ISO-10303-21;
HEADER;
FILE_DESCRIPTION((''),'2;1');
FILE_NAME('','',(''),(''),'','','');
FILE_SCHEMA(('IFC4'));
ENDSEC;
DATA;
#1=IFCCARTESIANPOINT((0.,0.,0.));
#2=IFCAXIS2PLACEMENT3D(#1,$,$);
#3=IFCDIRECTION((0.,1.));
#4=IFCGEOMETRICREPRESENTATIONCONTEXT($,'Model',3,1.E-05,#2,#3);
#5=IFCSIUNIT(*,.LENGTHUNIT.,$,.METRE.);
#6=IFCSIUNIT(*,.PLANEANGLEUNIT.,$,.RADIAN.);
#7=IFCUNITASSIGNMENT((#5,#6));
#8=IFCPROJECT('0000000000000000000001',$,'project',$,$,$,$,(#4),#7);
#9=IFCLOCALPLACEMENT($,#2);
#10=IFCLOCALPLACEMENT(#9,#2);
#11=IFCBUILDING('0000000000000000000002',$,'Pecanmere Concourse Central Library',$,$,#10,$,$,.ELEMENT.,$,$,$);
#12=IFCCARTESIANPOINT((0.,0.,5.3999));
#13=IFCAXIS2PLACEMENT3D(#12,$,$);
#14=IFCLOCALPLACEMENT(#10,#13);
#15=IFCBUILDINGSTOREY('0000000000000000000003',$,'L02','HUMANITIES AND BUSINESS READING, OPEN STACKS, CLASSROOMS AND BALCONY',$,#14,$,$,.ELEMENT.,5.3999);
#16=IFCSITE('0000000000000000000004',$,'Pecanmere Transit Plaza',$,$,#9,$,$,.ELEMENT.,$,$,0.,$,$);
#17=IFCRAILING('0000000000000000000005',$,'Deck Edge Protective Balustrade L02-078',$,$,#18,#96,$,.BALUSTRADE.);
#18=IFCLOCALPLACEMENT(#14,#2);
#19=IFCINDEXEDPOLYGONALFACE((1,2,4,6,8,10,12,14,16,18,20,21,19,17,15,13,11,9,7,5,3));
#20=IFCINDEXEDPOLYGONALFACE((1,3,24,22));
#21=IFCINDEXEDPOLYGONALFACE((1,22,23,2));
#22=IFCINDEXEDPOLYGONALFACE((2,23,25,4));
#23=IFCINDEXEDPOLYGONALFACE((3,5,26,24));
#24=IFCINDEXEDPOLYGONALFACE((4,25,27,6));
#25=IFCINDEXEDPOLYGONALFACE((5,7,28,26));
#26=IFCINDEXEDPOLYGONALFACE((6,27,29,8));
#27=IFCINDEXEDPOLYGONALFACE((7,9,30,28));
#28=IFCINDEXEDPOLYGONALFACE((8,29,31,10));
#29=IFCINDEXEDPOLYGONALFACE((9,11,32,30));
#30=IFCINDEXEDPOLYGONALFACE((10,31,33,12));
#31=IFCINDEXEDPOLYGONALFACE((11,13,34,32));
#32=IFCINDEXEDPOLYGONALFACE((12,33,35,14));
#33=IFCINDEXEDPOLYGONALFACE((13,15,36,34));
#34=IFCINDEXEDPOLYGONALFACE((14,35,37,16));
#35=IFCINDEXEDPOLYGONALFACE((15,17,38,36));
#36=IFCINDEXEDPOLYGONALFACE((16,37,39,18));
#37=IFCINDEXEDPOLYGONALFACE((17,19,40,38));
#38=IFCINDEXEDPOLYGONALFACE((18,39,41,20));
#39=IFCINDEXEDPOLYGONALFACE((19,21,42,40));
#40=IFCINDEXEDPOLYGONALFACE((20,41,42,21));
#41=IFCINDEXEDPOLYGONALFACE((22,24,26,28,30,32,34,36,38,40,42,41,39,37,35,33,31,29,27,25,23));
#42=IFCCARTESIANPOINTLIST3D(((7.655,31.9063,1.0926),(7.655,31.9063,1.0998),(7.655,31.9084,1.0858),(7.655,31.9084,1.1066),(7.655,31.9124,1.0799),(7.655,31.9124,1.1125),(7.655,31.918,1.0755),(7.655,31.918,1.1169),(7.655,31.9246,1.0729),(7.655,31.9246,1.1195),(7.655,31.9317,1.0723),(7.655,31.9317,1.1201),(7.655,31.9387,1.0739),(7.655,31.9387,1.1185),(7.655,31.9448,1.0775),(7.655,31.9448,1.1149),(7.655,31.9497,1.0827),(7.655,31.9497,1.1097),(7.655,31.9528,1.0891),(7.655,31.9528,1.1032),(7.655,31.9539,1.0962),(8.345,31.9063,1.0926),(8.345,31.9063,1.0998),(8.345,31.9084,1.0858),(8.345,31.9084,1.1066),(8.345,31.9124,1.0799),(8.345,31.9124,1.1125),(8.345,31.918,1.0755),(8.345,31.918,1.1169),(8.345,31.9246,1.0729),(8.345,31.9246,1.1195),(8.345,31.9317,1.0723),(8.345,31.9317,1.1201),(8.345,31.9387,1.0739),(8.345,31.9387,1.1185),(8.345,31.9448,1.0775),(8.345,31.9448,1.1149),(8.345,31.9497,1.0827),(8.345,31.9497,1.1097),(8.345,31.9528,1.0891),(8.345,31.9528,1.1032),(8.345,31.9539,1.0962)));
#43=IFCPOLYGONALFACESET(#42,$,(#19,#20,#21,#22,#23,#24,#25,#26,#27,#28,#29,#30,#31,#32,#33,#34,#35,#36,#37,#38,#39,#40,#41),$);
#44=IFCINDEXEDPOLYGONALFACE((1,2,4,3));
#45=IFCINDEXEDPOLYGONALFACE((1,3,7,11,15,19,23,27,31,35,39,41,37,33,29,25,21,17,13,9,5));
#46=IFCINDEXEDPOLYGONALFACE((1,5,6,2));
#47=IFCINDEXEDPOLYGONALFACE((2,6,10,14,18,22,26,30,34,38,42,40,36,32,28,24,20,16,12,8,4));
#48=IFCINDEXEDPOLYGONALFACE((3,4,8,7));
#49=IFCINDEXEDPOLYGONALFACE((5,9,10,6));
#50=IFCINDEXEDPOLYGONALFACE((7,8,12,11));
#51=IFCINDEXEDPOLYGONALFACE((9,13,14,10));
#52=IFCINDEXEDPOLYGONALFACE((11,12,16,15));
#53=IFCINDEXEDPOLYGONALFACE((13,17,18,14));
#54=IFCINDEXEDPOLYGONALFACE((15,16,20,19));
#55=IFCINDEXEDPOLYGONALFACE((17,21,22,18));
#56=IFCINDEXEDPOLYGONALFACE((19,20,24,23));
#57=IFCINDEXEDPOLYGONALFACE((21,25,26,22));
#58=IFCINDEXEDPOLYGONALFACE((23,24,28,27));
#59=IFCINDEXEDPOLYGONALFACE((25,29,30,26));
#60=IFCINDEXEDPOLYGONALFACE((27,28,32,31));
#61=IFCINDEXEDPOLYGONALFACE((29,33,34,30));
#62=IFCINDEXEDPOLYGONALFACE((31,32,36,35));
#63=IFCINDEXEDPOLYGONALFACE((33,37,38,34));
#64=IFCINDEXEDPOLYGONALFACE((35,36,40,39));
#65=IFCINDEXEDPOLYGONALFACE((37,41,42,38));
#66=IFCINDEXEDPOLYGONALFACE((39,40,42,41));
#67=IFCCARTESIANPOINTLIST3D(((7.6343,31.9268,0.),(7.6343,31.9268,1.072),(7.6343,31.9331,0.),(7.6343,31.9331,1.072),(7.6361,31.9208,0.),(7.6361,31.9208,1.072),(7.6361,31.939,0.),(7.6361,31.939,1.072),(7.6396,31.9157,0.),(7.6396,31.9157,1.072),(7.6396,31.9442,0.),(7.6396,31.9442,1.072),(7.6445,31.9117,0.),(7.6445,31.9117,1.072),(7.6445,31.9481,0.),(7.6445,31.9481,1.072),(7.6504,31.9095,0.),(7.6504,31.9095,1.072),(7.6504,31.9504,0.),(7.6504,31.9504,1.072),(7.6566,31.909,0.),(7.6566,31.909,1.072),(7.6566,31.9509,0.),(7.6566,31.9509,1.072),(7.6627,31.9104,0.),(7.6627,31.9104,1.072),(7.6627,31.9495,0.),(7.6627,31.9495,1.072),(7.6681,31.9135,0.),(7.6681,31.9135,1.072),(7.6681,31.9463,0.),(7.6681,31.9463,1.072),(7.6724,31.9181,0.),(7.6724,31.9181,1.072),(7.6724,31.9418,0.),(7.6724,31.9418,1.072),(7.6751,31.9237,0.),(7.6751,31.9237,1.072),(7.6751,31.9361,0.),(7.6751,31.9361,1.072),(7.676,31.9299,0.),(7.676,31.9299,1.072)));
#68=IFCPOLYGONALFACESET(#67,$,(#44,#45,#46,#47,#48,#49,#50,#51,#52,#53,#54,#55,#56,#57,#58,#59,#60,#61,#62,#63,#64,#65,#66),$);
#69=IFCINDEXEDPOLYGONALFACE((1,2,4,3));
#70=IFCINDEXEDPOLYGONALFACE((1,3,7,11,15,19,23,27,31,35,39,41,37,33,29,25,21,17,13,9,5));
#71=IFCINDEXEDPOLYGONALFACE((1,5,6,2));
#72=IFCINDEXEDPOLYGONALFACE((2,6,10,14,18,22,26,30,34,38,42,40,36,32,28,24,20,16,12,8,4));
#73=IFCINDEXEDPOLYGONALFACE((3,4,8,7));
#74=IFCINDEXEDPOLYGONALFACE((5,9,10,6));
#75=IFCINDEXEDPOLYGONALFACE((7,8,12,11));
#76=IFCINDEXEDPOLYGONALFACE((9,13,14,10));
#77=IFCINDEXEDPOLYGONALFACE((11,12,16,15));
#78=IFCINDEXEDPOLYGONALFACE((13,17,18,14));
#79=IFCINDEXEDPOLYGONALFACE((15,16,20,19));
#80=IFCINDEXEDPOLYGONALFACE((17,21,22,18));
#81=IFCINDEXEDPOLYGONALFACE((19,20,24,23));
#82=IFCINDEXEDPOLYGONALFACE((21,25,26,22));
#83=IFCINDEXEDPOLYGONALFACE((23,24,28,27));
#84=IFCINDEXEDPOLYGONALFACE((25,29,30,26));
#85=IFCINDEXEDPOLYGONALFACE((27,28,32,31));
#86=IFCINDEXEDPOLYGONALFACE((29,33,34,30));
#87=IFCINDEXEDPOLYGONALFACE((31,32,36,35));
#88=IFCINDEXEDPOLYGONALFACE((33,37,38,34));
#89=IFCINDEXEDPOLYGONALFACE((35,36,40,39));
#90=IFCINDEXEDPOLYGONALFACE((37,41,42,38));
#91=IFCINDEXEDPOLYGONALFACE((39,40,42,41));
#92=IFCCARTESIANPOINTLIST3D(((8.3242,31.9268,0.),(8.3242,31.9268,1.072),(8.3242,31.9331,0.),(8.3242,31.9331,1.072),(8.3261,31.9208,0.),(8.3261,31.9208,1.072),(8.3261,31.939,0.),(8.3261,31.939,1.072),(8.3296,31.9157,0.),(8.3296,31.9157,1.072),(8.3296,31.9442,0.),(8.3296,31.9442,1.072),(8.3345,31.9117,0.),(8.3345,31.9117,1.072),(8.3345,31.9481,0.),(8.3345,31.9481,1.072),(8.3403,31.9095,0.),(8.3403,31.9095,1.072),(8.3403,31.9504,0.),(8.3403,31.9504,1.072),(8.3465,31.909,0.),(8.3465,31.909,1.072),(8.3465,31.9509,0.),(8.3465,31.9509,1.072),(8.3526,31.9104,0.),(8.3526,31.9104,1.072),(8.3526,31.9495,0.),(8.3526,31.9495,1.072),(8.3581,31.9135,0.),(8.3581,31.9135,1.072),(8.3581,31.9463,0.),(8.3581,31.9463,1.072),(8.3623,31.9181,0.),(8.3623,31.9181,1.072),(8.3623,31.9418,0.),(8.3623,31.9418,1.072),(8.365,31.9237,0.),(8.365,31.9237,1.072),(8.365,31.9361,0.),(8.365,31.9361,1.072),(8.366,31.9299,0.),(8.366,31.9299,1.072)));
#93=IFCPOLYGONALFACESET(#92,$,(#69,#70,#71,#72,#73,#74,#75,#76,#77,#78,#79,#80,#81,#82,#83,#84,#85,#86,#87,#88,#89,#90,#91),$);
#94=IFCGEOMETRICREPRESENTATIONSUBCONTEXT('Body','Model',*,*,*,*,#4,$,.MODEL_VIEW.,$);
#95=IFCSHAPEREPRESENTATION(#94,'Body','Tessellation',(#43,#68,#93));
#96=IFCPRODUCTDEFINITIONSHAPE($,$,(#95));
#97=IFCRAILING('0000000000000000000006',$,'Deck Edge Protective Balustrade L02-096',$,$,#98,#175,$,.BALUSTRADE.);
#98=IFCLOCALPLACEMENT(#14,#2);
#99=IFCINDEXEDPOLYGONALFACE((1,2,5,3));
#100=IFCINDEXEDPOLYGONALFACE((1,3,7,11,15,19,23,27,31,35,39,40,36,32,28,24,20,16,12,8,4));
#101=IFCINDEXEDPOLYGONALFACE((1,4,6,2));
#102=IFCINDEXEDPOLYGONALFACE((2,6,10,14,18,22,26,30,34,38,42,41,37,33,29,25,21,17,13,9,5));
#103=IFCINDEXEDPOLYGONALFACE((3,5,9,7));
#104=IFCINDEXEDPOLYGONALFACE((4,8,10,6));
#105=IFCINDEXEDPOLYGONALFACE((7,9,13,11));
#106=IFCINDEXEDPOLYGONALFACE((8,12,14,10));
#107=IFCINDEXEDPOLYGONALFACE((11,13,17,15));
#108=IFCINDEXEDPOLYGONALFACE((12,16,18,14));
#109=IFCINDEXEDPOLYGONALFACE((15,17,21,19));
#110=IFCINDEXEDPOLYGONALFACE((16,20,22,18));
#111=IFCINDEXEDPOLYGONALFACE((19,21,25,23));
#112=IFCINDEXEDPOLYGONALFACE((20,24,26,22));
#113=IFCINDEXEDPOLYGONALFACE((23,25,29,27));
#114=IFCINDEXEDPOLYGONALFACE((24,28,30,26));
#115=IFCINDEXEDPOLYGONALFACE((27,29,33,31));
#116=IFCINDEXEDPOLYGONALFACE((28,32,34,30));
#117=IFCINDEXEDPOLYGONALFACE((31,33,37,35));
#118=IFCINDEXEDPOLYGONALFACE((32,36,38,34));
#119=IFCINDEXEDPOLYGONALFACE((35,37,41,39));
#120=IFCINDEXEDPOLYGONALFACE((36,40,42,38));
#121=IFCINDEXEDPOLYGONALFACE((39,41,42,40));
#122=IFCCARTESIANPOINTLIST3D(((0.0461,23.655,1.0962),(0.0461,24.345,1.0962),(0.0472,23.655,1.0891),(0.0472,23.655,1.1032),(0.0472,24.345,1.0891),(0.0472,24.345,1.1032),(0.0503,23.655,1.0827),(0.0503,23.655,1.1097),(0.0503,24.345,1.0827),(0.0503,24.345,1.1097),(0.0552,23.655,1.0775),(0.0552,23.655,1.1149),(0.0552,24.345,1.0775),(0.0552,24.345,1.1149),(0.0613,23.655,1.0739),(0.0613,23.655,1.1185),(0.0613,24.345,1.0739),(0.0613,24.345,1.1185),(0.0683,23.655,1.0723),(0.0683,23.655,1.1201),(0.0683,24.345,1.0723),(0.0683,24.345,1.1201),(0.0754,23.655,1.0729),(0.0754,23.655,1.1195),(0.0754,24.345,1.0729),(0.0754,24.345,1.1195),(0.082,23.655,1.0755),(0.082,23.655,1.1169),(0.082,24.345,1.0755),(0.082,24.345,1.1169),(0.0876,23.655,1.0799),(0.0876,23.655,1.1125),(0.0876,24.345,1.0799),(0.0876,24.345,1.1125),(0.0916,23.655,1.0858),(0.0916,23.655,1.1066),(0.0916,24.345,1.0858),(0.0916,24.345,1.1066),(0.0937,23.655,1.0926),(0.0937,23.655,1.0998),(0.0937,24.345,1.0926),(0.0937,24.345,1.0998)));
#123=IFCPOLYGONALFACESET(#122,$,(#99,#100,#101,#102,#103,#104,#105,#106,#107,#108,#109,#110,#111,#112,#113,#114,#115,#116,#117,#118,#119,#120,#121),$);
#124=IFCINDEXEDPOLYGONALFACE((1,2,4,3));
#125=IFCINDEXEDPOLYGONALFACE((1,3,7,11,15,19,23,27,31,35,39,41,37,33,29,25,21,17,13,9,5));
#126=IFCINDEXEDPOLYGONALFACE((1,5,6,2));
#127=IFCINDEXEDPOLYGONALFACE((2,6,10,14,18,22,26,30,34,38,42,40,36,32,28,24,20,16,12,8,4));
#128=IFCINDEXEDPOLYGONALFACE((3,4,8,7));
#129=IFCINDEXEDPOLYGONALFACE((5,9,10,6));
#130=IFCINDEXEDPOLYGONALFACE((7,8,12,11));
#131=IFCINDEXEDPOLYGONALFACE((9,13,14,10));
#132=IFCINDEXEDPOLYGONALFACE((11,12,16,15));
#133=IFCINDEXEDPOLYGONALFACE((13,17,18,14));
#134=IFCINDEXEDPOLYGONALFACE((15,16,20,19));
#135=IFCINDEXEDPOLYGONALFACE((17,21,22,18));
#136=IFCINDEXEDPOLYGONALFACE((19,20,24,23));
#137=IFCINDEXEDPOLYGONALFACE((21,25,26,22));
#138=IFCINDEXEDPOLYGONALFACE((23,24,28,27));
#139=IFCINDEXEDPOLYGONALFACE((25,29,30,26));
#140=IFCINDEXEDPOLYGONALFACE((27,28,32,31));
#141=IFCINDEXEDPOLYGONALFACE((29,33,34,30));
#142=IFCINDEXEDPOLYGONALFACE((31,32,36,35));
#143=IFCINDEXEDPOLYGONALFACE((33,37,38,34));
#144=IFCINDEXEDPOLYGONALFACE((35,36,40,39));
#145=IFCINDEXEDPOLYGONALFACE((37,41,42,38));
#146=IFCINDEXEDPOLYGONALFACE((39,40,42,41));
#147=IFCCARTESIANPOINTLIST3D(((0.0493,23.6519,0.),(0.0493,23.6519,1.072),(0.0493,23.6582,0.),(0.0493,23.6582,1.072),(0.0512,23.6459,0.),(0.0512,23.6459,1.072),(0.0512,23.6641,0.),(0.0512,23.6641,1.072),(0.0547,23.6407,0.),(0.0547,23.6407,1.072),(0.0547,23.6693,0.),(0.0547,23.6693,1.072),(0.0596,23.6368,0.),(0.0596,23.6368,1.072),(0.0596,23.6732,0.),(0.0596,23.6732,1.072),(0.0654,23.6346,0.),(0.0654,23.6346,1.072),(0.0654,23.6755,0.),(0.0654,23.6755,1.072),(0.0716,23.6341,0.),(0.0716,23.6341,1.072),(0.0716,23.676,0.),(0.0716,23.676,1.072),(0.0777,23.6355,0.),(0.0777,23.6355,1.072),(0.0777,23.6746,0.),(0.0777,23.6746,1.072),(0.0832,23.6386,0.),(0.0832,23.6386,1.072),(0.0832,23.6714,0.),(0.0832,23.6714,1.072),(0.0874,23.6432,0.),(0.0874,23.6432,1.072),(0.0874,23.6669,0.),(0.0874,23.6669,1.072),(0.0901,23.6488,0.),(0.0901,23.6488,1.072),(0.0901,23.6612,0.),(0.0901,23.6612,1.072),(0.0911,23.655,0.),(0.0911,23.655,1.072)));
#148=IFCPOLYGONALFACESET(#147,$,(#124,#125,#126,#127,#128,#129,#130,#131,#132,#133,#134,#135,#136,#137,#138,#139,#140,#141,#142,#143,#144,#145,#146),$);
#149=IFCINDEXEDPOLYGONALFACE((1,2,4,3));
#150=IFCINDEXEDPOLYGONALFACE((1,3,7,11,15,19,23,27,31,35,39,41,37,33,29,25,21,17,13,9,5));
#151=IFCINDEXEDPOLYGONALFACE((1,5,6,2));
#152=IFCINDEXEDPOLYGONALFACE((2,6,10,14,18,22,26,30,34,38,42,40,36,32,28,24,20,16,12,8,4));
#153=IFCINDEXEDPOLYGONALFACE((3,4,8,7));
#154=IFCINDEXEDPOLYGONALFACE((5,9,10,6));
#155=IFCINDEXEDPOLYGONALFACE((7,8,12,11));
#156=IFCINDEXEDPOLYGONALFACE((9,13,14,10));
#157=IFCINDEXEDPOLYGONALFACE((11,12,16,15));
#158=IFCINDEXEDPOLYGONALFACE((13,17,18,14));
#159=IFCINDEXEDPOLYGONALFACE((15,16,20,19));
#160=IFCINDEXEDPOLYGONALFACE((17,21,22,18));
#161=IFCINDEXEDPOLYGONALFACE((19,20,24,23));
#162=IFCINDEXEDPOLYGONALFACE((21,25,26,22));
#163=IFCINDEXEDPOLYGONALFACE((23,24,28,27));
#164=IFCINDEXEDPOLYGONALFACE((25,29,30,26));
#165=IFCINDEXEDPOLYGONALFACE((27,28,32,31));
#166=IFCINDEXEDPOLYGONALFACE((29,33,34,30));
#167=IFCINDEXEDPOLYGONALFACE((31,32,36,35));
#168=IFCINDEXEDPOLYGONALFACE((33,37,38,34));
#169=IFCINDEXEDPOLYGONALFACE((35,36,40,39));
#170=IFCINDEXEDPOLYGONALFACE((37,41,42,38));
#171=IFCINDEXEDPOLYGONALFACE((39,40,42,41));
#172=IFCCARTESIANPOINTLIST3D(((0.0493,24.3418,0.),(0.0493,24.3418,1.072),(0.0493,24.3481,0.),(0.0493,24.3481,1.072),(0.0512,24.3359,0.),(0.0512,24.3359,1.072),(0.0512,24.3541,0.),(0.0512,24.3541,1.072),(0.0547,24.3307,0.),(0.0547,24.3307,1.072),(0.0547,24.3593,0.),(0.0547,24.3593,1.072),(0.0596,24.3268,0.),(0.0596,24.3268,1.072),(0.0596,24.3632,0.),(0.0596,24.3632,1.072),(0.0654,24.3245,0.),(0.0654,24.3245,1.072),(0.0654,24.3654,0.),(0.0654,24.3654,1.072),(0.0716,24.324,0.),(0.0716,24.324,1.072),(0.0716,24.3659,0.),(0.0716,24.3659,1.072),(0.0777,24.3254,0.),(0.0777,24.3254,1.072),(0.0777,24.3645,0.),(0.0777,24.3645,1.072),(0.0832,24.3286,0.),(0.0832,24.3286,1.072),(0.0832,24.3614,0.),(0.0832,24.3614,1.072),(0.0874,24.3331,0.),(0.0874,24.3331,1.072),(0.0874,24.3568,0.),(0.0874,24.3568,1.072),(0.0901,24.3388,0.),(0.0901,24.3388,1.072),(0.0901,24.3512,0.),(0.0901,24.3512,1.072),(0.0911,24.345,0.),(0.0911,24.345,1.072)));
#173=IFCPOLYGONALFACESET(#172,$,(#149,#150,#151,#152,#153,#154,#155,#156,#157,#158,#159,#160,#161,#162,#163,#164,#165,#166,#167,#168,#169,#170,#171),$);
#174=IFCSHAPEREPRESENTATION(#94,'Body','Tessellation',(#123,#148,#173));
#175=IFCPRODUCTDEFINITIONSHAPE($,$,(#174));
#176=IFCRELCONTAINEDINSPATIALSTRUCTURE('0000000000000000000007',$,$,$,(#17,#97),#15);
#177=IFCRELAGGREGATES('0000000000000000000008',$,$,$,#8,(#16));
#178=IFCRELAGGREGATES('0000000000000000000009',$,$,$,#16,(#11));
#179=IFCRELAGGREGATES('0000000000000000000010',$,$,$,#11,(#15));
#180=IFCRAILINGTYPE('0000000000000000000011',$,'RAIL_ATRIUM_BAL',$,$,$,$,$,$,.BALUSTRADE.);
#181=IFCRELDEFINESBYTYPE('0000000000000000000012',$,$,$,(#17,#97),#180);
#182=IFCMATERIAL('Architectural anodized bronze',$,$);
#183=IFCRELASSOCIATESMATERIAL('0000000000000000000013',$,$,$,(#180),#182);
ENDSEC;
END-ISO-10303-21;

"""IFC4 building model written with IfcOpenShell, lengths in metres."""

from ifc_helpers import new_model, si_unit, direction, frame, origin, origin_2d, place, context, subcontext, project, spatial, circle, extrude, material, type_object, element, save


model = new_model("IFC4")

# Units and contexts
model_context = context("Model", 3, precision=1e-05, world=origin(), true_north=direction((0.0, 1.0)))
body_context = subcontext(model_context, "Body", "Model", "MODEL_VIEW")
ifc_project = project(units=[si_unit("LENGTHUNIT", "METRE"), si_unit("PLANEANGLEUNIT", "RADIAN")], contexts=[model_context])

# Site, building, storey
site_placement = place(None, origin())
site = spatial("IfcSite", under=ifc_project, at=site_placement, Name="Pecanmere Transit Plaza", CompositionType="ELEMENT", RefElevation=0.0)
building_placement = place(site_placement, origin())
building = spatial("IfcBuilding", under=site, at=building_placement, Name="Pecanmere Concourse Central Library", CompositionType="ELEMENT")
storey_placement = place(building_placement, frame((0.0, 0.0, 5.3999)))
storey = spatial("IfcBuildingStorey", under=building, at=storey_placement, Name="L02", Description="HUMANITIES AND BUSINESS READING, OPEN STACKS, CLASSROOMS AND BALCONY", CompositionType="ELEMENT", Elevation=5.3999)

# Railings
ifc_material_1 = material(Name="Architectural anodized bronze")
railing_type = type_object("IfcRailingType", Name="RAIL_ATRIUM_BAL", PredefinedType="BALUSTRADE", material=ifc_material_1)
railing_1_placement = place(storey_placement, frame((7.655, 31.9299, 0.0)))
element("IfcRailing", 1, at=railing_1_placement, inside=storey, type_object=railing_type, Name="Deck Edge Protective Balustrade L02-078", PredefinedType="BALUSTRADE", context=body_context, shape_type="SweptSolid", body=[
    extrude(circle(Radius=0.0239, at=origin_2d()), frame((0.0, 0.0, 1.0962), z_axis=(1.0, 0.0, 0.0), x_axis=(0.0, 1.0, 0.0)), (0.0, 0.0, 1.0), 0.6899),
    extrude(circle(Radius=0.021, at=origin_2d()), origin(), (0.0, 0.0, 1.0), 1.072),
    extrude(circle(Radius=0.021, at=origin_2d()), frame((0.6899, 0.0, 0.0)), (0.0, 0.0, 1.0), 1.072),
])
railing_2_placement = place(storey_placement, frame((0.0701, 23.655, 0.0)))
element("IfcRailing", 2, at=railing_2_placement, inside=storey, type_object=railing_type, Name="Deck Edge Protective Balustrade L02-096", PredefinedType="BALUSTRADE", context=body_context, shape_type="SweptSolid", body=[
    extrude(circle(Radius=0.0239, at=origin_2d()), frame((0.0, 0.0, 1.0962), z_axis=(0.0, 1.0, 0.0), x_axis=(-1.0, 0.0, 0.0)), (0.0, 0.0, 1.0), 0.6899),
    extrude(circle(Radius=0.021, at=origin_2d()), origin(), (0.0, 0.0, 1.0), 1.072),
    extrude(circle(Radius=0.021, at=origin_2d()), frame((0.0, 0.6899, 0.0)), (0.0, 0.0, 1.0), 1.072),
])

save(model, "model.ifc")
